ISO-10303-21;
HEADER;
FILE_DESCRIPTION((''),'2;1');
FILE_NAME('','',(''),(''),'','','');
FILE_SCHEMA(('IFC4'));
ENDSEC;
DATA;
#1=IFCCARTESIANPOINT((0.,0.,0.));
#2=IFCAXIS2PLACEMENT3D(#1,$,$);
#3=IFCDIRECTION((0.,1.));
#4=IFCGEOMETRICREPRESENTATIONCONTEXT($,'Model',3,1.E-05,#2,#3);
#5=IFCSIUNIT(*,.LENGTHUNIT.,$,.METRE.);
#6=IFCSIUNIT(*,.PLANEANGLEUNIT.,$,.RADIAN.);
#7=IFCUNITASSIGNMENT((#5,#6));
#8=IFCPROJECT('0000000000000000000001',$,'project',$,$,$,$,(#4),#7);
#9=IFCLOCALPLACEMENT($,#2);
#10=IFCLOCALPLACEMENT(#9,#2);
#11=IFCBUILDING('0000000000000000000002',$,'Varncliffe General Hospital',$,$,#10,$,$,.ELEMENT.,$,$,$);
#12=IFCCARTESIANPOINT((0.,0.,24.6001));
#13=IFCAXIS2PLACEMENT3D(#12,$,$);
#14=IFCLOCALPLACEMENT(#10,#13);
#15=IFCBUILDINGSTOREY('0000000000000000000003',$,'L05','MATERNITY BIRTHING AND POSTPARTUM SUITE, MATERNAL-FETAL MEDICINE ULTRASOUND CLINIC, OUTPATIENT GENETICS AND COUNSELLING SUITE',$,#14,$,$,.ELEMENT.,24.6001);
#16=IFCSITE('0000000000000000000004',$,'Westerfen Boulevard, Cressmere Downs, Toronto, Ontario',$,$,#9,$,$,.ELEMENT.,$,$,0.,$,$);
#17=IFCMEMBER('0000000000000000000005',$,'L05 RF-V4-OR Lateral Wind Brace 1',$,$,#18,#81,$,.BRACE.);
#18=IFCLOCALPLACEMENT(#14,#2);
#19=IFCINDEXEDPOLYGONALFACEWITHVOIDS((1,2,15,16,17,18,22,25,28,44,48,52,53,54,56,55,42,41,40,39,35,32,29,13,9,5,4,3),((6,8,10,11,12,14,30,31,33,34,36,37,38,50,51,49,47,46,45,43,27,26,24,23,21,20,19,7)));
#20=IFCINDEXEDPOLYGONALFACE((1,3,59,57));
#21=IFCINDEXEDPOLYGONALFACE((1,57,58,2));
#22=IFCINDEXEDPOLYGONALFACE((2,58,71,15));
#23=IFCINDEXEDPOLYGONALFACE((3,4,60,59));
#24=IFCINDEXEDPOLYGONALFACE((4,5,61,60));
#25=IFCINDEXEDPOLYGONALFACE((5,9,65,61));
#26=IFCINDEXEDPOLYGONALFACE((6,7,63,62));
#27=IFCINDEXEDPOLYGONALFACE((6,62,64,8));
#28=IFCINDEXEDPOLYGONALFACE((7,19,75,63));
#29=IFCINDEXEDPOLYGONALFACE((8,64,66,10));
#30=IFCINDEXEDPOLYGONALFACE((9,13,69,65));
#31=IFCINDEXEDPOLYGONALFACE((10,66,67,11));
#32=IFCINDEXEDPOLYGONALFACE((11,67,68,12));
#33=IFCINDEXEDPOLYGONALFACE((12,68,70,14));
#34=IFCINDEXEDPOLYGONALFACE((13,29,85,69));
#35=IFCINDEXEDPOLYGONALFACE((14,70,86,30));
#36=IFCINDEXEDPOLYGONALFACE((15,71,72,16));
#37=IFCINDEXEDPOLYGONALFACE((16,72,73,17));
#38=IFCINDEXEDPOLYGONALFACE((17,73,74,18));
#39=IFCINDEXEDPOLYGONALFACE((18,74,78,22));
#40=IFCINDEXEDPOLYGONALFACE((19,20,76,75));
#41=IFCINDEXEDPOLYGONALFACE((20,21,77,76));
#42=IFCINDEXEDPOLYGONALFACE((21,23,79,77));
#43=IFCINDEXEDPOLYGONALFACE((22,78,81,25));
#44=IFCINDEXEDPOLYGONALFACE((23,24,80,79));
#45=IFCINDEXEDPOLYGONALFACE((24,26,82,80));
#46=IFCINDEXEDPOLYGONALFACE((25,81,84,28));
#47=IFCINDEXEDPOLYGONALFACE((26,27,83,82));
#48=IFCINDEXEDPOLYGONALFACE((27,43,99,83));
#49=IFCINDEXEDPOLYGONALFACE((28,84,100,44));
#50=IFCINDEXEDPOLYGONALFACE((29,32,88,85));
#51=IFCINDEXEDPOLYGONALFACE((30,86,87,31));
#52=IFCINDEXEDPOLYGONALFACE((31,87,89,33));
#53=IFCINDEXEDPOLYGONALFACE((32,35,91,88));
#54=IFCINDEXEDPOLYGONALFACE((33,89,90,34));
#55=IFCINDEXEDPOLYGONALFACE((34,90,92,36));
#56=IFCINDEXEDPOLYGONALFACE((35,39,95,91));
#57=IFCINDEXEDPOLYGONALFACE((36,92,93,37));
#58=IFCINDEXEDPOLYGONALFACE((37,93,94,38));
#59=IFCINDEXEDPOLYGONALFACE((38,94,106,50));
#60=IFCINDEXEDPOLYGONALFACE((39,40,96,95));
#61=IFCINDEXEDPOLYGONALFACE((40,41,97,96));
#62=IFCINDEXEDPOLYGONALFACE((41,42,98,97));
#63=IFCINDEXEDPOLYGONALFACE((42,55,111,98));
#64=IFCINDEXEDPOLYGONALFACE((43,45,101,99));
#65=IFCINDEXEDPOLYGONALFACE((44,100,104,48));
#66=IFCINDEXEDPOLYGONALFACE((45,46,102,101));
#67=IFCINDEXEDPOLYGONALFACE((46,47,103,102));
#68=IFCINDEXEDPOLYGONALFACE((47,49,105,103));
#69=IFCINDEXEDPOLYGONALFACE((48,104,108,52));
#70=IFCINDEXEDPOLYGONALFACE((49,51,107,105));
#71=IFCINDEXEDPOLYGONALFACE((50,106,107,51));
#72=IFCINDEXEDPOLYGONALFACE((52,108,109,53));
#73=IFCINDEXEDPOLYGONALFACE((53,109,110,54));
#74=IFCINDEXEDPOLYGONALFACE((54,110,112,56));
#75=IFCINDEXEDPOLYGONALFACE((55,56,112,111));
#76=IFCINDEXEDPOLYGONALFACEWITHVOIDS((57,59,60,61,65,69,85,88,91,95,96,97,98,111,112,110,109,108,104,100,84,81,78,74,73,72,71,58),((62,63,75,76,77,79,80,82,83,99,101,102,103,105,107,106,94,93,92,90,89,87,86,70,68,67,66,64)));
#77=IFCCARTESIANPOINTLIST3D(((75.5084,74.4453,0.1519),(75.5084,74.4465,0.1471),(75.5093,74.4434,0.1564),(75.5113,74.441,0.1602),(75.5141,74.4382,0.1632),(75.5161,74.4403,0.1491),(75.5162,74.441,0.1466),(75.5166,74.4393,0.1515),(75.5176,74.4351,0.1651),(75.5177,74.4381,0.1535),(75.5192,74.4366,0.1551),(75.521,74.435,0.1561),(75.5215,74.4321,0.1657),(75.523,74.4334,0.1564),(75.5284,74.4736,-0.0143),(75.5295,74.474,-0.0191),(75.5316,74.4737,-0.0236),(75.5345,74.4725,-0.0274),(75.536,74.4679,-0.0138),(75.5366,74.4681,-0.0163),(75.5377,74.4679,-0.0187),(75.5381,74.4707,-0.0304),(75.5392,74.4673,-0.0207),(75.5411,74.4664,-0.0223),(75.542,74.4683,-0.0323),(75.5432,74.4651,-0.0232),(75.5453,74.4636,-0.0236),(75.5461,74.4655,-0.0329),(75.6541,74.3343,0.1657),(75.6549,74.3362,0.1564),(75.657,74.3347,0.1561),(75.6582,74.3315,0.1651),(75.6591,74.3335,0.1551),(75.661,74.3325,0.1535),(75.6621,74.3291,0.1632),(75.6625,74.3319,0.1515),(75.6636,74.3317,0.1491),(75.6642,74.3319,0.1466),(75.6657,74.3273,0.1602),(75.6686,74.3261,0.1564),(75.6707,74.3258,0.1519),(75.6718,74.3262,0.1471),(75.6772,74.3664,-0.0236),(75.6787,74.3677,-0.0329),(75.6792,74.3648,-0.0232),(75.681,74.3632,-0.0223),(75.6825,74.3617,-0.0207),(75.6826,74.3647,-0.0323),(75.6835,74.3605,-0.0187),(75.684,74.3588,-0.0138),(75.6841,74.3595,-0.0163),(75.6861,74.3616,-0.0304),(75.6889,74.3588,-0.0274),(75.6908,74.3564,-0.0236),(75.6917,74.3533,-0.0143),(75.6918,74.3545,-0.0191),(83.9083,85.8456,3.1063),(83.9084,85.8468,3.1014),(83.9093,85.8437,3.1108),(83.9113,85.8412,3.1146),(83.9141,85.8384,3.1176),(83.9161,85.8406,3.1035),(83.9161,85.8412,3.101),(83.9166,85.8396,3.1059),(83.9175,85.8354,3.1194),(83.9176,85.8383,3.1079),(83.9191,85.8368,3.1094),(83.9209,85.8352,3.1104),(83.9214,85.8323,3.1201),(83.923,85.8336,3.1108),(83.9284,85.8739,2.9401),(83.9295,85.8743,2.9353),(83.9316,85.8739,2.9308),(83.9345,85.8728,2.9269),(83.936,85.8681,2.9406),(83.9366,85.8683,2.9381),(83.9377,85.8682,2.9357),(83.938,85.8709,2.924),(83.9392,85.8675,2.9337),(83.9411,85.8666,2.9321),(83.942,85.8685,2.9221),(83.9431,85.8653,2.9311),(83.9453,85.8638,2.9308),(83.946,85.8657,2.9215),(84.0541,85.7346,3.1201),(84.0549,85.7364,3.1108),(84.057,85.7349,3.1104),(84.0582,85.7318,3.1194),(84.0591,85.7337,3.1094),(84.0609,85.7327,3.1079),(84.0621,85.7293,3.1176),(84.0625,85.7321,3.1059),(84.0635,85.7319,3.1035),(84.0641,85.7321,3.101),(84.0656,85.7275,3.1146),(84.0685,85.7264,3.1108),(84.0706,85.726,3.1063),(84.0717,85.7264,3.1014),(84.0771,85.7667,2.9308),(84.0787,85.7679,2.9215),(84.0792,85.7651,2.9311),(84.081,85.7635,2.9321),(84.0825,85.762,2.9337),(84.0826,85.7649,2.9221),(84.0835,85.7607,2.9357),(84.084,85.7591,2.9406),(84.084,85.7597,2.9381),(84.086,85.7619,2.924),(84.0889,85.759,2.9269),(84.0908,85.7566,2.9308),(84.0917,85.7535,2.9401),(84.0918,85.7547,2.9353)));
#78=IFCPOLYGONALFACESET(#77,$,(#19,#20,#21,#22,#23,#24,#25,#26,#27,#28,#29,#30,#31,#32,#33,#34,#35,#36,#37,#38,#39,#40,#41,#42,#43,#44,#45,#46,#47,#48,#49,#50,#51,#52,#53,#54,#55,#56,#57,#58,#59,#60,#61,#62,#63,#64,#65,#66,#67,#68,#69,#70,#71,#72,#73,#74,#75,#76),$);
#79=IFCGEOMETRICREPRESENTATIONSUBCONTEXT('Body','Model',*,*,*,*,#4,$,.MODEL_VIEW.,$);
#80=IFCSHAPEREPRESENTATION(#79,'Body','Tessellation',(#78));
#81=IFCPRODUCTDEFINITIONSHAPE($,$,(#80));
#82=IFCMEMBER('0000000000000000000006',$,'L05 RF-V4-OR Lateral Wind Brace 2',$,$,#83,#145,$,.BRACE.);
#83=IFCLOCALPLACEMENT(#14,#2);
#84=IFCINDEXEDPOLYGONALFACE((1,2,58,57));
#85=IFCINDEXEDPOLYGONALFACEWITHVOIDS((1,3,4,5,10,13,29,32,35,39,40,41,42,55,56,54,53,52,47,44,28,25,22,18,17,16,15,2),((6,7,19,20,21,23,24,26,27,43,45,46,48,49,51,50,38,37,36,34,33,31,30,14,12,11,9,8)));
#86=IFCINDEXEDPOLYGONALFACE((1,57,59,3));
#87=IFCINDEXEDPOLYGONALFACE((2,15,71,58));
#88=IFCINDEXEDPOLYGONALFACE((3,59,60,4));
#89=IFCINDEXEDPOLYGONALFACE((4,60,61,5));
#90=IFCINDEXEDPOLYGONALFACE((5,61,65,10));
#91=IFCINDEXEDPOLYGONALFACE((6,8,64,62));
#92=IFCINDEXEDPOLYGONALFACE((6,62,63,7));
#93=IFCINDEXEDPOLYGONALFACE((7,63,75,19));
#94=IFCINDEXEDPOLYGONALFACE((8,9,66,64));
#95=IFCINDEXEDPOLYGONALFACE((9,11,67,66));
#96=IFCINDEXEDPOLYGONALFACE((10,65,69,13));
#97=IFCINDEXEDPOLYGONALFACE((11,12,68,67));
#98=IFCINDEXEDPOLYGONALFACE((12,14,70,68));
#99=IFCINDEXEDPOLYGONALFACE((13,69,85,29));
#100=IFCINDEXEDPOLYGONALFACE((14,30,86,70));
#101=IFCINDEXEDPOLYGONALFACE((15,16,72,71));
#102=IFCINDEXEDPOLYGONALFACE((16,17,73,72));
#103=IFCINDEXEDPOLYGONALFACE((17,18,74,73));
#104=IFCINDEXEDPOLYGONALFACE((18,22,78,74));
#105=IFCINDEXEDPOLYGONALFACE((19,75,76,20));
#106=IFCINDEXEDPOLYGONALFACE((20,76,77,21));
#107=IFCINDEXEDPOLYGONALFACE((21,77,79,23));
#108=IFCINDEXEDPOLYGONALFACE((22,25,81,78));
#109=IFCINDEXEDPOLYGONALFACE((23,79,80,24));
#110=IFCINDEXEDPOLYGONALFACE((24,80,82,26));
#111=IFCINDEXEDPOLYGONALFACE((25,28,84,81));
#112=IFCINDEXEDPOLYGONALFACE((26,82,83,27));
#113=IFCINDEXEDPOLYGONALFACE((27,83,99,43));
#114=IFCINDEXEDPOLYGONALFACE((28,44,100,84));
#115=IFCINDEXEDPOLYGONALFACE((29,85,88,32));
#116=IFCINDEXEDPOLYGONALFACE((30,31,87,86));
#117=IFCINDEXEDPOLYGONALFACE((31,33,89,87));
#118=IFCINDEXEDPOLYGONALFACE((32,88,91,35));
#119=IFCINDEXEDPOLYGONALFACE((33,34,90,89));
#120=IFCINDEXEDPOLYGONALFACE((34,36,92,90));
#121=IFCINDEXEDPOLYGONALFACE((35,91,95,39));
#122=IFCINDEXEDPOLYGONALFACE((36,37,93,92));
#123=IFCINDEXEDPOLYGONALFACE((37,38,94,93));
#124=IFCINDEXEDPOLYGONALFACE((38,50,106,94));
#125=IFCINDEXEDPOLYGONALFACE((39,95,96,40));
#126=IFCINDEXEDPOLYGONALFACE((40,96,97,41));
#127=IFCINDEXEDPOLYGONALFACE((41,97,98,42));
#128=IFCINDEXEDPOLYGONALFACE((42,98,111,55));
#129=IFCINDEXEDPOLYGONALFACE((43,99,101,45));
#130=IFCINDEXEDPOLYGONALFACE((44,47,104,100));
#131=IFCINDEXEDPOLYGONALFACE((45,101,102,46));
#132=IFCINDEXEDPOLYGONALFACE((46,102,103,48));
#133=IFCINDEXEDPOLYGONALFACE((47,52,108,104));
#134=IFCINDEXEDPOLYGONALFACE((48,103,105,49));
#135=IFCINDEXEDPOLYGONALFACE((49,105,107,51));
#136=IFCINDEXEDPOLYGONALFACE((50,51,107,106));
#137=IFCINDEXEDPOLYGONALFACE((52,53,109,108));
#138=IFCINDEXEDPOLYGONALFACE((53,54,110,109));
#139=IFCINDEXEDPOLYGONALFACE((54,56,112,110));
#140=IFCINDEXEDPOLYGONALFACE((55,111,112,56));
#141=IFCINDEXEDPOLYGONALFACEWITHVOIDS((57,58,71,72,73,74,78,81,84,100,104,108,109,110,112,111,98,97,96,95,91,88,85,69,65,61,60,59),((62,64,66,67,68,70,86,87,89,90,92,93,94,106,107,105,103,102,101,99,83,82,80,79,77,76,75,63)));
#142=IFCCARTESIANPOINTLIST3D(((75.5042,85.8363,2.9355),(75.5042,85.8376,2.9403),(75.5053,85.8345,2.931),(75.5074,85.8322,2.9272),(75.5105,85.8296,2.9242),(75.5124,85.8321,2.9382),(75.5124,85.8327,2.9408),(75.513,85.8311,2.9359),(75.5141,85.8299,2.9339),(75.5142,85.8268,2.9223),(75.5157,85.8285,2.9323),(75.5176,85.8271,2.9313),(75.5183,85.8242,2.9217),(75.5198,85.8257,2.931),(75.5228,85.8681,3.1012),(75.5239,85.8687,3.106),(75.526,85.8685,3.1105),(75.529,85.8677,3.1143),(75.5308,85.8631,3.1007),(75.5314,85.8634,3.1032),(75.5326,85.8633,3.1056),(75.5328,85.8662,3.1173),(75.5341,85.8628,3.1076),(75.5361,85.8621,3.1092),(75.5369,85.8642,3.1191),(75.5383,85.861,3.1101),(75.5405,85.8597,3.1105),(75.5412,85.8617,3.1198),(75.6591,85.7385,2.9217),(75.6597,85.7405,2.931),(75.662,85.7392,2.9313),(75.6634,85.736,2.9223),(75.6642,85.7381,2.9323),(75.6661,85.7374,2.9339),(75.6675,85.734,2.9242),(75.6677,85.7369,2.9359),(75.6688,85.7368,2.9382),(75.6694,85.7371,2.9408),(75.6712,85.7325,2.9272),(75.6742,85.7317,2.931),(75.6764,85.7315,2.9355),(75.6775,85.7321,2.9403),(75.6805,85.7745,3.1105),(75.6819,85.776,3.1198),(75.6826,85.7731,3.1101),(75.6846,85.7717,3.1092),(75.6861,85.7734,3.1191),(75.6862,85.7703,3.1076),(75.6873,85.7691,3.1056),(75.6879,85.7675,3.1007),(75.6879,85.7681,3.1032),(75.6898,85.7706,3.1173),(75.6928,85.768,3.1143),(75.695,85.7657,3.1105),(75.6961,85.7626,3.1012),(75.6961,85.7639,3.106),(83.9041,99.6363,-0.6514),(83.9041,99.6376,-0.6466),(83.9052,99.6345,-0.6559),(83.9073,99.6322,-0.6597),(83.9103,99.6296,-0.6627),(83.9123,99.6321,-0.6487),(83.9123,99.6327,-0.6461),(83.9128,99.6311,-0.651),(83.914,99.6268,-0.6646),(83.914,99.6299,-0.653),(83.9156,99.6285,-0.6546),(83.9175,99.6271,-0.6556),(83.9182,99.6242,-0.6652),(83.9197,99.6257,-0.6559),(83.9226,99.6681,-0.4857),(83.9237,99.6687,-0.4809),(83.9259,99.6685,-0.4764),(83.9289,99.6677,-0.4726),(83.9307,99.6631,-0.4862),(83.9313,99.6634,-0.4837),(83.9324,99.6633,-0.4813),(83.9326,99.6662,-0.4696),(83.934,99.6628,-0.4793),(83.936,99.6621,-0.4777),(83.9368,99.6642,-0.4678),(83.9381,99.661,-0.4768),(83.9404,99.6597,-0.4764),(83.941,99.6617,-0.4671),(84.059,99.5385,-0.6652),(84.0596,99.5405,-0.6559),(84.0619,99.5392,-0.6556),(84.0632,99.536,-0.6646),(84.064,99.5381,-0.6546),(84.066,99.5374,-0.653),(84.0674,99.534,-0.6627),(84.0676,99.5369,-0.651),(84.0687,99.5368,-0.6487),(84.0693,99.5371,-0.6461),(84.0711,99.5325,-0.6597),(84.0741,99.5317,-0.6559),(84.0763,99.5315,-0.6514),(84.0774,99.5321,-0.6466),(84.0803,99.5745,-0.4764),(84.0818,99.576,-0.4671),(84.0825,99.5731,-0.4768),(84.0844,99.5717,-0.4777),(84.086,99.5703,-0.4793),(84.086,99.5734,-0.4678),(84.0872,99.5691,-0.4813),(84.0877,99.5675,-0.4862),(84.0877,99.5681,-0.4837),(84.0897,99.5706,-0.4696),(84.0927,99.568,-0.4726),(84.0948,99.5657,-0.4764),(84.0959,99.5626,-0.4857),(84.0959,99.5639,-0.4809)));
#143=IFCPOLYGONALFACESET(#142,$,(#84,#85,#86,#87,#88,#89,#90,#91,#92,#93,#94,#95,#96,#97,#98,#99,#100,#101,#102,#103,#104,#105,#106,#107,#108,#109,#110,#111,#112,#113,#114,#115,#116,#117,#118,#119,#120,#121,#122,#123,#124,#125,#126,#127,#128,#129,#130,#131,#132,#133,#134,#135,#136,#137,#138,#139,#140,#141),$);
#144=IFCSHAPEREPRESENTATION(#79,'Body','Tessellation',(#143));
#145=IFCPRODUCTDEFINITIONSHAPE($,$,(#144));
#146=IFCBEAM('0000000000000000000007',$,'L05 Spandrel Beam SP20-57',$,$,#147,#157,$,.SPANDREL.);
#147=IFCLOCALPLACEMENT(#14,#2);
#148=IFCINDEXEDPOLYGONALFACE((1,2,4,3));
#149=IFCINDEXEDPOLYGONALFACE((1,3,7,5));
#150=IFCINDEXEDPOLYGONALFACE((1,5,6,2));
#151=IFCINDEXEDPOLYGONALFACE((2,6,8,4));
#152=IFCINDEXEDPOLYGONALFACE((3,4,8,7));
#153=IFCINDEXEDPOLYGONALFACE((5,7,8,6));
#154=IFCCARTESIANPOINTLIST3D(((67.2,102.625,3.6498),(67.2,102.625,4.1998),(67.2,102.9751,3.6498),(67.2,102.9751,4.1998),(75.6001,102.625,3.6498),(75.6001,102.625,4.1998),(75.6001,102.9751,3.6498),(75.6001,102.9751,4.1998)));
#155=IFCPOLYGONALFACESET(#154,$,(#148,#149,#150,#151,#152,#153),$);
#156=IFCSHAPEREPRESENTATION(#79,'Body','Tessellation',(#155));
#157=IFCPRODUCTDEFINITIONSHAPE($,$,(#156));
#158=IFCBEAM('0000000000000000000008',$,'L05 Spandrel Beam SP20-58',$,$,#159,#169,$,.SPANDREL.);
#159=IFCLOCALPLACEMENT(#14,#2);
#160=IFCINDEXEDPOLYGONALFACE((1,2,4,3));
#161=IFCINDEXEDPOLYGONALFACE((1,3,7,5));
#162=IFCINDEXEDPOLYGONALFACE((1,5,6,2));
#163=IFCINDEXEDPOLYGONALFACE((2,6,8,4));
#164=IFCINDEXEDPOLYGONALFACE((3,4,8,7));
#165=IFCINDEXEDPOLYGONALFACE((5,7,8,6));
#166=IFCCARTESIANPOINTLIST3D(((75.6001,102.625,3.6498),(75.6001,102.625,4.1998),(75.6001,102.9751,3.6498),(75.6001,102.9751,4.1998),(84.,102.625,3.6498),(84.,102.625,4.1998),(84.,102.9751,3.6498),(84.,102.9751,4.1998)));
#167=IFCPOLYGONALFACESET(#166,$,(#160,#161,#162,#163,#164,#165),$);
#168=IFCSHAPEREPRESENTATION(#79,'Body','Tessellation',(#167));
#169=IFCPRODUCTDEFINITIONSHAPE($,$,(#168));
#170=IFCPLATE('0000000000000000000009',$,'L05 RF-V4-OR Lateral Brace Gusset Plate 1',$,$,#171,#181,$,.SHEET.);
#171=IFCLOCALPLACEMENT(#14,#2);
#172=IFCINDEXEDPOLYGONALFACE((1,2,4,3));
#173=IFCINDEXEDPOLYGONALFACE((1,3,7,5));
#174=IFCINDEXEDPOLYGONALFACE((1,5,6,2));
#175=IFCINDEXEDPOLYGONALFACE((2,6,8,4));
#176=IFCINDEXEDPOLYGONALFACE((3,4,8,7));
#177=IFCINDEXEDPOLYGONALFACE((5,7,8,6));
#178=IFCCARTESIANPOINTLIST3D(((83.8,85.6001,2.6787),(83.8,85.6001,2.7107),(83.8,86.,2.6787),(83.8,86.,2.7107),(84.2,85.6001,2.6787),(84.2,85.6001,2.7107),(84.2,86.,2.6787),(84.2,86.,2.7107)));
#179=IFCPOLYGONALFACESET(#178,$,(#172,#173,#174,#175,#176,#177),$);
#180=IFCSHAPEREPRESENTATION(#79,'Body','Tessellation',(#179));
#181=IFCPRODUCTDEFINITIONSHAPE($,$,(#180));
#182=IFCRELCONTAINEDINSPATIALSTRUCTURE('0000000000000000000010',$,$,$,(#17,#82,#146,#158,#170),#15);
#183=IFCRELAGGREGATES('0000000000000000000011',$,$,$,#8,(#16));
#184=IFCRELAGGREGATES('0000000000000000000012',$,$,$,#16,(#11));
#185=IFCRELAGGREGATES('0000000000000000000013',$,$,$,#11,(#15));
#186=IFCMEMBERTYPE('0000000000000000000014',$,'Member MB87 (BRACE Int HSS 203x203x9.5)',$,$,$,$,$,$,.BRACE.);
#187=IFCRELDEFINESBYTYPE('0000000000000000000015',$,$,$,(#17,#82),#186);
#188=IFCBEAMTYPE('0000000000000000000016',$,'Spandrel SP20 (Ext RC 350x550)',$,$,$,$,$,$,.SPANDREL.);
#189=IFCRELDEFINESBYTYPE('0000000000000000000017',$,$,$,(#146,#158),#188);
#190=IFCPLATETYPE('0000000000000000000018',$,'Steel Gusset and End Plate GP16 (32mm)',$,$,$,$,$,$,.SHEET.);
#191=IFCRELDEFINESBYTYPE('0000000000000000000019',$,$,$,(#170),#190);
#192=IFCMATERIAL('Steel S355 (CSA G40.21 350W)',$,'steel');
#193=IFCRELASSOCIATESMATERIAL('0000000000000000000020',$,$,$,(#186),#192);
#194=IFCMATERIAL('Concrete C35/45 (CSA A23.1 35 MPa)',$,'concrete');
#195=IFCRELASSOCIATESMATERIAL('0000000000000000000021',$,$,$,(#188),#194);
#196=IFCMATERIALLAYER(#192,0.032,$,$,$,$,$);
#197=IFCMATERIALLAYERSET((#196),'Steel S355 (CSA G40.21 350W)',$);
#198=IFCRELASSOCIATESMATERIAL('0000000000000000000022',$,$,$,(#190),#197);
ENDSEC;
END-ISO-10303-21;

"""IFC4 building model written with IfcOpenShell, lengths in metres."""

from ifc_helpers import new_model, si_unit, direction, frame, origin, origin_2d, place, context, subcontext, project, spatial, rectangle, hollow_rectangle, extrude, material, layer, layer_set, material_profile, profile_set, type_object, element, save


model = new_model("IFC4")

# Units and contexts
model_context = context("Model", 3, precision=1e-05, world=origin(), true_north=direction((0.0, 1.0)))
body_context = subcontext(model_context, "Body", "Model", "MODEL_VIEW")
ifc_project = project(units=[si_unit("LENGTHUNIT", "METRE"), si_unit("PLANEANGLEUNIT", "RADIAN")], contexts=[model_context])

# Site, building, storey
site_placement = place(None, origin())
site = spatial("IfcSite", under=ifc_project, at=site_placement, Name="Westerfen Boulevard, Cressmere Downs, Toronto, Ontario", CompositionType="ELEMENT", RefElevation=0.0)
building_placement = place(site_placement, origin())
building = spatial("IfcBuilding", under=site, at=building_placement, Name="Varncliffe General Hospital", CompositionType="ELEMENT")
storey_placement = place(building_placement, frame((0.0, 0.0, 24.6001)))
storey = spatial("IfcBuildingStorey", under=building, at=storey_placement, Name="L05", Description="MATERNITY BIRTHING AND POSTPARTUM SUITE, MATERNAL-FETAL MEDICINE ULTRASOUND CLINIC, OUTPATIENT GENETICS AND COUNSELLING SUITE", CompositionType="ELEMENT", Elevation=24.6001)

# Shared definitions
ifc_material_1 = material(Name="Concrete C35/45 (CSA A23.1 35 MPa)", Category="concrete")

# Members
ifc_material_2 = material(Name="Steel S355 (CSA G40.21 350W)", Category="steel")
ifc_material_profile_1 = material_profile(ifc_material_2, hollow_rectangle(XDim=0.2029, YDim=0.2029, WallThickness=0.0095, InnerFilletRadius=0.01, OuterFilletRadius=0.019, at=origin_2d()), Name="HSS 203x203x9.5")
ifc_profile_set_1 = profile_set([ifc_material_profile_1], Name="Steel S355 (CSA G40.21 350W)")
member_type_1 = type_object("IfcMemberType", Name="Member MB87 (BRACE Int HSS 203x203x9.5)", PredefinedType="BRACE", material=ifc_profile_set_1)
member_1_placement = place(storey_placement, frame((75.6001, 74.3999, 0.0664), z_axis=(0.580686, 0.788094, 0.204234), x_axis=(-0.805063, 0.59319, 0.0)))
element("IfcMember", 1, at=member_1_placement, inside=storey, type_object=member_type_1, Name="L05 RF-V4-OR Lateral Wind Brace 1", PredefinedType="BRACE", context=body_context, shape_type="SweptSolid", body=[
    extrude(hollow_rectangle(XDim=0.2029, YDim=0.2029, WallThickness=0.0095, InnerFilletRadius=0.01, OuterFilletRadius=0.019, at=origin_2d()), origin(), (0.0, 0.0, 1.0), 14.4656),
])
member_2_placement = place(storey_placement, frame((84.0, 99.6001, -0.5662), z_axis=(-0.507581, -0.833896, 0.216747), x_axis=(0.854202, -0.519941, 0.0)))
element("IfcMember", 2, at=member_2_placement, inside=storey, type_object=member_type_1, Name="L05 RF-V4-OR Lateral Wind Brace 2", PredefinedType="BRACE", context=body_context, shape_type="SweptSolid", body=[
    extrude(hollow_rectangle(XDim=0.2029, YDim=0.2029, WallThickness=0.0095, InnerFilletRadius=0.01, OuterFilletRadius=0.019, at=origin_2d()), origin(), (0.0, 0.0, 1.0), 16.5488),
])

# Beams
ifc_material_profile_2 = material_profile(ifc_material_1, rectangle(XDim=0.3501, YDim=0.55, at=origin_2d()), Name="RC 350x550")
ifc_profile_set_2 = profile_set([ifc_material_profile_2], Name="Concrete C35/45 (CSA A23.1 35 MPa)")
beam_type_1 = type_object("IfcBeamType", Name="Spandrel SP20 (Ext RC 350x550)", PredefinedType="SPANDREL", material=ifc_profile_set_2)
beam_1_placement = place(storey_placement, frame((67.2, 102.8, 3.9248), z_axis=(1.0, 0.0, 0.0), x_axis=(0.0, 1.0, 0.0)))
element("IfcBeam", 3, at=beam_1_placement, inside=storey, type_object=beam_type_1, Name="L05 Spandrel Beam SP20-57", PredefinedType="SPANDREL", context=body_context, shape_type="SweptSolid", body=[
    extrude(rectangle(XDim=0.3501, YDim=0.55, at=origin_2d()), origin(), (0.0, 0.0, 1.0), 8.4001),
])
beam_2_placement = place(storey_placement, frame((75.6001, 102.8, 3.9248), z_axis=(1.0, 0.0, 0.0), x_axis=(0.0, 1.0, 0.0)))
element("IfcBeam", 4, at=beam_2_placement, inside=storey, type_object=beam_type_1, Name="L05 Spandrel Beam SP20-58", PredefinedType="SPANDREL", context=body_context, shape_type="SweptSolid", body=[
    extrude(rectangle(XDim=0.3501, YDim=0.55, at=origin_2d()), origin(), (0.0, 0.0, 1.0), 8.3999),
])

# Plate
ifc_layer_1 = layer(ifc_material_2, 0.032)
ifc_layer_set_1 = layer_set([ifc_layer_1], Name="Steel S355 (CSA G40.21 350W)")
plate_type = type_object("IfcPlateType", Name="Steel Gusset and End Plate GP16 (32mm)", PredefinedType="SHEET", material=ifc_layer_set_1)
plate_placement = place(storey_placement, frame((84.0, 85.8, 2.6787), z_axis=(0.0, 0.0, 1.0), x_axis=(1.0, 0.0, 0.0)))
element("IfcPlate", 5, at=plate_placement, inside=storey, type_object=plate_type, Name="L05 RF-V4-OR Lateral Brace Gusset Plate 1", PredefinedType="SHEET", context=body_context, shape_type="SweptSolid", body=[
    extrude(rectangle(XDim=0.3999, YDim=0.3999, at=origin_2d()), origin(), (0.0, 0.0, 1.0), 0.032),
])

save(model, "model.ifc")
